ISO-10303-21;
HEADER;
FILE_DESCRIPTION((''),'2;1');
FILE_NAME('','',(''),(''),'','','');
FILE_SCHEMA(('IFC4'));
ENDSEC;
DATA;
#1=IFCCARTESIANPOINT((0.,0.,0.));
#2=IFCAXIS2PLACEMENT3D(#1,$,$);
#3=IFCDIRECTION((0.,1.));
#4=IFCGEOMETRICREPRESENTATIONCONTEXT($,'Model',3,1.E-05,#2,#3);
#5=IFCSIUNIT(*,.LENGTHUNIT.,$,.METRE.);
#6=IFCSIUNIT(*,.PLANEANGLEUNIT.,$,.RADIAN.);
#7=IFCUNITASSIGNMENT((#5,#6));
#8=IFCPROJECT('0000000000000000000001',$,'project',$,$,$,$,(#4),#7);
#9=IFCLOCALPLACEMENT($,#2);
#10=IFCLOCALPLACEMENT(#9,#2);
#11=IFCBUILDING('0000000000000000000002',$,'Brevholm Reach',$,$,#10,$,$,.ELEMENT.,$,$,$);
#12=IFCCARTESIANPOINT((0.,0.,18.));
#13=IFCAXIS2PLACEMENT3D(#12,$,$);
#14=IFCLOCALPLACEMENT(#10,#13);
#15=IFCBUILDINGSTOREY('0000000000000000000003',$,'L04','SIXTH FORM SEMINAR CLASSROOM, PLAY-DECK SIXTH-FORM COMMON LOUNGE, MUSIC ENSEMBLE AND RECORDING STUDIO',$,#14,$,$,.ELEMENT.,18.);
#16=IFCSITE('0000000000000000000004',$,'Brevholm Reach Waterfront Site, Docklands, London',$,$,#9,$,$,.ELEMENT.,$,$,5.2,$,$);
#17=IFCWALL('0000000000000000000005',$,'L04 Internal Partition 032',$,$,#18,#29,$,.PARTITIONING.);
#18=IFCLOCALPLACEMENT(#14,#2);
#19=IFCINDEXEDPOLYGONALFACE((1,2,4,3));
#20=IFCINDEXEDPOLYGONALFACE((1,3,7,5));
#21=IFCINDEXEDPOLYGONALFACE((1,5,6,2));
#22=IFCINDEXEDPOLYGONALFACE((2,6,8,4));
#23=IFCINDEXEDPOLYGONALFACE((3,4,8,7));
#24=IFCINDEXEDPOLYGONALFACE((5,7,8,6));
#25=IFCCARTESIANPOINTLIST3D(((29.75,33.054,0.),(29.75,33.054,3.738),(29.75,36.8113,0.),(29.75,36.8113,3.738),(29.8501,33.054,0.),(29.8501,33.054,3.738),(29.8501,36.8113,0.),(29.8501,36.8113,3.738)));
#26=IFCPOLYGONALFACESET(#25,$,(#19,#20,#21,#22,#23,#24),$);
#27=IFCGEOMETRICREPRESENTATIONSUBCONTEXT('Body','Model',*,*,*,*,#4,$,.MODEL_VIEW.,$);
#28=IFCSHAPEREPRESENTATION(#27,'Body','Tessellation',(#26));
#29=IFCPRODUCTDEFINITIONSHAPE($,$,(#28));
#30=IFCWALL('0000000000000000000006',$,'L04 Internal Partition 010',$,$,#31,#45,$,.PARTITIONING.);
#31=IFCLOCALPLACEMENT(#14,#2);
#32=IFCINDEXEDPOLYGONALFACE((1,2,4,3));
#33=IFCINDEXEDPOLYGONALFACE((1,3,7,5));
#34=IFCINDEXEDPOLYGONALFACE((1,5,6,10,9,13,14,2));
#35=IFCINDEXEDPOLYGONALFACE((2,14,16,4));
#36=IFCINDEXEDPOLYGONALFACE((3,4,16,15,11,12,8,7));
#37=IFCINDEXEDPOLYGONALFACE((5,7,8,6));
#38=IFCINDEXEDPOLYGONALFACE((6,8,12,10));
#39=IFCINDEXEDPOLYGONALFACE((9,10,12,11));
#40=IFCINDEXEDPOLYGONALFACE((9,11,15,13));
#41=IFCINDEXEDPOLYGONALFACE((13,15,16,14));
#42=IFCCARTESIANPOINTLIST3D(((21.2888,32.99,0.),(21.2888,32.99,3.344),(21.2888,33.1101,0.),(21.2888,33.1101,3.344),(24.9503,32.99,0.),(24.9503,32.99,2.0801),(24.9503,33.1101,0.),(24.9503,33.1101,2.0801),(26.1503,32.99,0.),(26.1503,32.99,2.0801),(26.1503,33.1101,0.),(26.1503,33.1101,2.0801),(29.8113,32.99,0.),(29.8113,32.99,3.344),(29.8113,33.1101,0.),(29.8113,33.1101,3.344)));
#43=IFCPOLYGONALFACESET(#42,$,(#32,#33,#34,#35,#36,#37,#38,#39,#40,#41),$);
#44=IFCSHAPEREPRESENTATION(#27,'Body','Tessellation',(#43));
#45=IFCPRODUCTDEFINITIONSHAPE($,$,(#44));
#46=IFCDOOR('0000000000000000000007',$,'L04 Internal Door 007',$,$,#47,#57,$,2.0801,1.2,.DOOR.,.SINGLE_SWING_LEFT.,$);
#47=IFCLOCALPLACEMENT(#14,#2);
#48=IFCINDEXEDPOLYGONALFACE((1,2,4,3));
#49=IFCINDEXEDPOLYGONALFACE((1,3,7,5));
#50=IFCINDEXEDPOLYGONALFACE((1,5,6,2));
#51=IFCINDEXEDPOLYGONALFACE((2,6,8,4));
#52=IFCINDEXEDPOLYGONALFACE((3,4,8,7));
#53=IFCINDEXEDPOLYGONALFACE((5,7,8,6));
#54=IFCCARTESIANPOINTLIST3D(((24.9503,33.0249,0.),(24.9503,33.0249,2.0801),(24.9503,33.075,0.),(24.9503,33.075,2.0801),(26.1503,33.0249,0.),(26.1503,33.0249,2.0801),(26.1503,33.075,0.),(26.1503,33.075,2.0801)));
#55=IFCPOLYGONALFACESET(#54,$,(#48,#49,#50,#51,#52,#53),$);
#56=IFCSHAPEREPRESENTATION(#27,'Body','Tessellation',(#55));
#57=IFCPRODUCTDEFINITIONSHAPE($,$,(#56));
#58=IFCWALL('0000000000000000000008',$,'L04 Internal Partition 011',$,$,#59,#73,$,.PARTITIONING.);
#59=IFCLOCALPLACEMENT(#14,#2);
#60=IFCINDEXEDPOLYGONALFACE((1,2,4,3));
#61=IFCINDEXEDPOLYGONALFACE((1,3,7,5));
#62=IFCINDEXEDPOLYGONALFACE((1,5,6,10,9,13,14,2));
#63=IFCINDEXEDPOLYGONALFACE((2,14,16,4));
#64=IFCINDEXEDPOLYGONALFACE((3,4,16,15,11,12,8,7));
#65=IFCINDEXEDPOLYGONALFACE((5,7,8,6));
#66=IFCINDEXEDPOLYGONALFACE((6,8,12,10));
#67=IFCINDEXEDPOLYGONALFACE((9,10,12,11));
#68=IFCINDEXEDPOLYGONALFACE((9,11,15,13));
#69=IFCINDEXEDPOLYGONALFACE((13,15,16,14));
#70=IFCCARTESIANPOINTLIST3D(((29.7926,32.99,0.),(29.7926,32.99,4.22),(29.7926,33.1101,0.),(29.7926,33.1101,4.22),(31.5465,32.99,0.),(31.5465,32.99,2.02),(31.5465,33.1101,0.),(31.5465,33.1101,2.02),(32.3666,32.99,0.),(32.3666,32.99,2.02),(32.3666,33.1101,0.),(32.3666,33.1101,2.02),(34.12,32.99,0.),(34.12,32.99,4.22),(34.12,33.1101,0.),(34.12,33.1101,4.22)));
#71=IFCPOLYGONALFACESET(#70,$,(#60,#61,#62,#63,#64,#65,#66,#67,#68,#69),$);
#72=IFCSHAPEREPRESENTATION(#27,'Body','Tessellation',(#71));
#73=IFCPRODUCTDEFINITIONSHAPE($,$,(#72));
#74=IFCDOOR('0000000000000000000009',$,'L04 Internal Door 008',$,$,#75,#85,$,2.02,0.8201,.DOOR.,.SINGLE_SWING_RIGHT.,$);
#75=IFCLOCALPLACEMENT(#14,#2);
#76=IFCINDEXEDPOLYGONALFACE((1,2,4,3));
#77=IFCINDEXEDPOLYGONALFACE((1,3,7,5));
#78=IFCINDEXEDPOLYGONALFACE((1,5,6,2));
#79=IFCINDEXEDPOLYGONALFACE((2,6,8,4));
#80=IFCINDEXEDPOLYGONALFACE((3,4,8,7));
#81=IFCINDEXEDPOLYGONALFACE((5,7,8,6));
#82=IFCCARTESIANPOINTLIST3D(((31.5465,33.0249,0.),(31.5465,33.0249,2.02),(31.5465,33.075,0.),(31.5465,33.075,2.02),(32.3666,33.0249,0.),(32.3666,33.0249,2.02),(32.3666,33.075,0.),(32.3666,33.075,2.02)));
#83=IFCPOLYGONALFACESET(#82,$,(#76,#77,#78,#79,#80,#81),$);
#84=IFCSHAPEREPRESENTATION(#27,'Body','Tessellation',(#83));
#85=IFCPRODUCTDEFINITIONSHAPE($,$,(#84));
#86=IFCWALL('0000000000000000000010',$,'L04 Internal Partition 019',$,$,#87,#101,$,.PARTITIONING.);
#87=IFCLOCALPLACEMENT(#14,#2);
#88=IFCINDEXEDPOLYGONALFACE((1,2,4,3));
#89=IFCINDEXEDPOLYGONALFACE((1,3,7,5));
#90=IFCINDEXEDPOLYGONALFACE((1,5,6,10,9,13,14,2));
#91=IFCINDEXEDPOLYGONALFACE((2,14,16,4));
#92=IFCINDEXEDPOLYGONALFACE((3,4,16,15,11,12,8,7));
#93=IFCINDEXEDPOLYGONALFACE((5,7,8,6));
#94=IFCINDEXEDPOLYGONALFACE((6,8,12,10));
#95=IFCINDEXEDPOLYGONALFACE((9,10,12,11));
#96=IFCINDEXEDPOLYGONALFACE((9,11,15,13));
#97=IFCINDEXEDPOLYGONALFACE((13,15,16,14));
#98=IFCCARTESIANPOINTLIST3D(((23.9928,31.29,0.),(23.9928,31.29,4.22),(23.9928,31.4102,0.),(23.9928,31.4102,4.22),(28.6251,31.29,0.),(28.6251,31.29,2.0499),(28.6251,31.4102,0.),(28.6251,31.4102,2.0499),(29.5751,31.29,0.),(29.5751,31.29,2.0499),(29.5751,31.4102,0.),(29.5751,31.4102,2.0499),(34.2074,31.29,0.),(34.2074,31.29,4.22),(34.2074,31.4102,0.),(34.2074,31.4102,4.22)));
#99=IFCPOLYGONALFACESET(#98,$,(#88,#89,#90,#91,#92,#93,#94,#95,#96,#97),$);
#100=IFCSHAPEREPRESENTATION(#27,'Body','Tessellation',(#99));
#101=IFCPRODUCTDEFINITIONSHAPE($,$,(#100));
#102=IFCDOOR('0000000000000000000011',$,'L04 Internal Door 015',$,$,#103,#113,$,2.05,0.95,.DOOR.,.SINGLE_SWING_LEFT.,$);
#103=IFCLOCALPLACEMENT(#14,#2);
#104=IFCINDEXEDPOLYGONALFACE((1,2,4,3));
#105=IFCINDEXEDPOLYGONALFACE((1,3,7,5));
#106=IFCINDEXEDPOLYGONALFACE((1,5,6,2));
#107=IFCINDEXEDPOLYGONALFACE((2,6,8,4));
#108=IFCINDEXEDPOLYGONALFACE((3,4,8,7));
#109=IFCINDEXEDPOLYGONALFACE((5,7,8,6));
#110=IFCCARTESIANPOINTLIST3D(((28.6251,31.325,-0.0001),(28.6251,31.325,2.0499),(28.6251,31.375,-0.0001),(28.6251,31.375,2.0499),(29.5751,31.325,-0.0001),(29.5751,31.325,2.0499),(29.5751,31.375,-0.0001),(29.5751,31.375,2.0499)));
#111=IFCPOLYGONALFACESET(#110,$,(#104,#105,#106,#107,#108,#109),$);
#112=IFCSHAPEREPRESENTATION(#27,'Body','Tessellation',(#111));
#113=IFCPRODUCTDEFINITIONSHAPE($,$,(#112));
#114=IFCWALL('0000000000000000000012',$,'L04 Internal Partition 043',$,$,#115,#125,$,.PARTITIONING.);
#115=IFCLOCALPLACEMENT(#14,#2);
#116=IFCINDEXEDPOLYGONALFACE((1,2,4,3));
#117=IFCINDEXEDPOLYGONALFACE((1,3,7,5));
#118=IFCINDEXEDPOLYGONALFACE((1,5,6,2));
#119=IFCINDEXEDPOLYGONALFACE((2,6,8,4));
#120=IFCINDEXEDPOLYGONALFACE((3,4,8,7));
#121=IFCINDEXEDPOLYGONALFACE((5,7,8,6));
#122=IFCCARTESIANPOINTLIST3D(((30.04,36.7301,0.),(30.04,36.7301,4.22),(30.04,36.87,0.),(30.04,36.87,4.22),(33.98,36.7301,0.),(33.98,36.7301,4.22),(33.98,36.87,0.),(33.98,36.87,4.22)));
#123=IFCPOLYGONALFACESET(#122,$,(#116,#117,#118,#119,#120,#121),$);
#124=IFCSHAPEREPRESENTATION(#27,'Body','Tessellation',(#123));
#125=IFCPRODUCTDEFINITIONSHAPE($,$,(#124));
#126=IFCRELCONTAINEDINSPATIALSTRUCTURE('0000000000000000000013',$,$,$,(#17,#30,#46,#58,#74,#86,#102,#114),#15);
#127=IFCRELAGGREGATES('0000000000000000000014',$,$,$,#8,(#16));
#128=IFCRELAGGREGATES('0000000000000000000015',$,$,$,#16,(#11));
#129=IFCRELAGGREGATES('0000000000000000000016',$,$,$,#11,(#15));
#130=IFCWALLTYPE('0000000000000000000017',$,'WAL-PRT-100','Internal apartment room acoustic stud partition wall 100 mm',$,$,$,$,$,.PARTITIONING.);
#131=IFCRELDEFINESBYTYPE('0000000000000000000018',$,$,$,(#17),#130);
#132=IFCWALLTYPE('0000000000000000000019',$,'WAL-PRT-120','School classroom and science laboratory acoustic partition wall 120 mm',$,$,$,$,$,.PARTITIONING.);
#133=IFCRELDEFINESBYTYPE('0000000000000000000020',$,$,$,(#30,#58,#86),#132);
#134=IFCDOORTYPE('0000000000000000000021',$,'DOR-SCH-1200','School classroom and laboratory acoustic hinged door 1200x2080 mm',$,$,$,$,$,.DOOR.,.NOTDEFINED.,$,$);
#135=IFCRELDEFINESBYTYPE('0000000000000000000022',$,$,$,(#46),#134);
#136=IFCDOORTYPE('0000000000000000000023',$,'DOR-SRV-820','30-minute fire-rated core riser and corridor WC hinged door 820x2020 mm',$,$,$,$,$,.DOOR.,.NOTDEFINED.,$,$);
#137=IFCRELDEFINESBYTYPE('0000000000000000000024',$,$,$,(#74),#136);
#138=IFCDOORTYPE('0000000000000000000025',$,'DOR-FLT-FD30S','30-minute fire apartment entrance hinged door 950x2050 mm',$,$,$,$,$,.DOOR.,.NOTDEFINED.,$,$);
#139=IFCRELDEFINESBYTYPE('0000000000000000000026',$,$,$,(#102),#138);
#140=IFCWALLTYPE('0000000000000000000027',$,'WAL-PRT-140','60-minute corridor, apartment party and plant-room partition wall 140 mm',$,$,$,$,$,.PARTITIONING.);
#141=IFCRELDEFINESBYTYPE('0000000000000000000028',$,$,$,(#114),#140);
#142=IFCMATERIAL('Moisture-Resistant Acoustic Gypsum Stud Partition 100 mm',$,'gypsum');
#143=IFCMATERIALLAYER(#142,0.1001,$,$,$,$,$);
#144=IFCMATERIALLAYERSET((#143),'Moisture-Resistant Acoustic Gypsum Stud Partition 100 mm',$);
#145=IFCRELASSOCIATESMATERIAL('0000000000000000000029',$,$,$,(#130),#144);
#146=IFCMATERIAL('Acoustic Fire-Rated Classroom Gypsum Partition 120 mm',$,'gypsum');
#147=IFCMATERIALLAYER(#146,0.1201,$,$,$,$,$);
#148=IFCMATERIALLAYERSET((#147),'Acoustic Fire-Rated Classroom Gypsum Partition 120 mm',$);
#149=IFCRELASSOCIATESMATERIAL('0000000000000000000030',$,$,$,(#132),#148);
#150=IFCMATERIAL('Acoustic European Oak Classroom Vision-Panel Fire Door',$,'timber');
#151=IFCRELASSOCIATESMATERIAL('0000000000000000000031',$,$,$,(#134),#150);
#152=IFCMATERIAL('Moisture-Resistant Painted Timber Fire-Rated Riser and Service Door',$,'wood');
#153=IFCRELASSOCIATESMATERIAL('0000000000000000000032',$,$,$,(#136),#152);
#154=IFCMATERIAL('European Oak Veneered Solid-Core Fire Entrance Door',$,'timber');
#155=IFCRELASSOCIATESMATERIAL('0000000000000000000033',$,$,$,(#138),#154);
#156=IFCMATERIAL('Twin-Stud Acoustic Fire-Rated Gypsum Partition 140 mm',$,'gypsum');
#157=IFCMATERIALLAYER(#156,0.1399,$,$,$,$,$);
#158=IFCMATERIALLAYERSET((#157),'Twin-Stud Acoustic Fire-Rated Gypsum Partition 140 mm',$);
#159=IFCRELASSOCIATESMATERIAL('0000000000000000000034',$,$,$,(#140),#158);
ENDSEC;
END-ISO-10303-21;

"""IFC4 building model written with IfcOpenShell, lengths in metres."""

from ifc_helpers import new_model, si_unit, direction, frame, frame_2d, origin, place, context, subcontext, project, spatial, rectangle, extrude, material, layer, layer_set, type_object, element, fill, save


model = new_model("IFC4")

# Units and contexts
model_context = context("Model", 3, precision=1e-05, world=origin(), true_north=direction((0.0, 1.0)))
body_context = subcontext(model_context, "Body", "Model", "MODEL_VIEW")
ifc_project = project(units=[si_unit("LENGTHUNIT", "METRE"), si_unit("PLANEANGLEUNIT", "RADIAN")], contexts=[model_context])

# Site, building, storey
site_placement = place(None, origin())
site = spatial("IfcSite", under=ifc_project, at=site_placement, Name="Brevholm Reach Waterfront Site, Docklands, London", CompositionType="ELEMENT", RefElevation=5.2)
building_placement = place(site_placement, origin())
building = spatial("IfcBuilding", under=site, at=building_placement, Name="Brevholm Reach", CompositionType="ELEMENT")
storey_placement = place(building_placement, frame((0.0, 0.0, 18.0)))
storey = spatial("IfcBuildingStorey", under=building, at=storey_placement, Name="L04", Description="SIXTH FORM SEMINAR CLASSROOM, PLAY-DECK SIXTH-FORM COMMON LOUNGE, MUSIC ENSEMBLE AND RECORDING STUDIO", CompositionType="ELEMENT", Elevation=18.0)

# Wall
ifc_material_1 = material(Name="Moisture-Resistant Acoustic Gypsum Stud Partition 100 mm", Category="gypsum")
ifc_layer_1 = layer(ifc_material_1, 0.1001)
ifc_layer_set_1 = layer_set([ifc_layer_1], Name="Moisture-Resistant Acoustic Gypsum Stud Partition 100 mm")
wall_type_1 = type_object("IfcWallType", Name="WAL-PRT-100", Description="Internal apartment room acoustic stud partition wall 100 mm", PredefinedType="PARTITIONING", material=ifc_layer_set_1)
wall_1_placement = place(storey_placement, frame((29.8, 33.054, 0.0), z_axis=(0.0, 0.0, 1.0), x_axis=(0.0, 1.0, 0.0)))
element("IfcWall", 1, at=wall_1_placement, inside=storey, type_object=wall_type_1, Name="L04 Internal Partition 032", PredefinedType="PARTITIONING", context=body_context, shape_type="SweptSolid", body=[
    extrude(rectangle(XDim=3.7573, YDim=0.1001, at=frame_2d((1.8787, 0.0))), origin(), (0.0, 0.0, 1.0), 3.738),
])

# Walls, openings, doors
ifc_material_2 = material(Name="Acoustic Fire-Rated Classroom Gypsum Partition 120 mm", Category="gypsum")
ifc_layer_2 = layer(ifc_material_2, 0.1201)
ifc_layer_set_2 = layer_set([ifc_layer_2], Name="Acoustic Fire-Rated Classroom Gypsum Partition 120 mm")
wall_type_2 = type_object("IfcWallType", Name="WAL-PRT-120", Description="School classroom and science laboratory acoustic partition wall 120 mm", PredefinedType="PARTITIONING", material=ifc_layer_set_2)
wall_2_placement = place(storey_placement, frame((21.2888, 33.05, 0.0), z_axis=(0.0, 0.0, 1.0), x_axis=(1.0, 0.0, 0.0)))
wall_2 = element("IfcWall", 2, at=wall_2_placement, inside=storey, type_object=wall_type_2, Name="L04 Internal Partition 010", PredefinedType="PARTITIONING", context=body_context, shape_type="SweptSolid", body=[
    extrude(rectangle(XDim=8.5225, YDim=0.1201, at=frame_2d((4.2612, 0.0))), origin(), (0.0, 0.0, 1.0), 3.344),
])
opening_1_placement = place(wall_2_placement, frame((3.6614, 0.0, 0.0)))
opening_1 = element("IfcOpeningElement", 3, at=opening_1_placement, cuts=wall_2, PredefinedType="OPENING", context=body_context, shape_type="SweptSolid", body=[
    extrude(rectangle(XDim=1.2, YDim=2.0801, at=frame_2d((0.6001, 1.04))), frame((0.0, 0.0701, 0.0), z_axis=(0.0, -1.0, 0.0), x_axis=(1.0, 0.0, 0.0)), (0.0, 0.0, 1.0), 0.1401),
])
ifc_material_3 = material(Name="Acoustic European Oak Classroom Vision-Panel Fire Door", Category="timber")
door_type_1 = type_object("IfcDoorType", Name="DOR-SCH-1200", Description="School classroom and laboratory acoustic hinged door 1200x2080 mm", OperationType="NOTDEFINED", PredefinedType="DOOR", material=ifc_material_3)
door_1_placement = place(opening_1_placement, origin())
door_1 = element("IfcDoor", 4, at=door_1_placement, inside=storey, type_object=door_type_1, Name="L04 Internal Door 007", OperationType="SINGLE_SWING_LEFT", OverallHeight=2.0801, OverallWidth=1.2, PredefinedType="DOOR", context=body_context, shape_type="SweptSolid", body=[
    extrude(rectangle(XDim=1.2, YDim=2.0801, at=frame_2d((0.6001, 1.04))), frame((0.0, 0.0249, 0.0), z_axis=(0.0, -1.0, 0.0), x_axis=(1.0, 0.0, 0.0)), (0.0, 0.0, 1.0), 0.05),
])
fill(opening_1, door_1)
wall_3_placement = place(storey_placement, frame((29.7927, 33.05, 0.0), z_axis=(0.0, 0.0, 1.0), x_axis=(1.0, 0.0, 0.0)))
wall_3 = element("IfcWall", 5, at=wall_3_placement, inside=storey, type_object=wall_type_2, Name="L04 Internal Partition 011", PredefinedType="PARTITIONING", context=body_context, shape_type="SweptSolid", body=[
    extrude(rectangle(XDim=4.3274, YDim=0.1201, at=frame_2d((2.1636, 0.0))), origin(), (0.0, 0.0, 1.0), 4.22),
])
opening_2_placement = place(wall_3_placement, frame((1.7537, 0.0, 0.0)))
opening_2 = element("IfcOpeningElement", 6, at=opening_2_placement, cuts=wall_3, PredefinedType="OPENING", context=body_context, shape_type="SweptSolid", body=[
    extrude(rectangle(XDim=0.8201, YDim=2.02, at=frame_2d((0.4102, 1.01))), frame((0.0, 0.0701, 0.0), z_axis=(0.0, -1.0, 0.0), x_axis=(1.0, 0.0, 0.0)), (0.0, 0.0, 1.0), 0.1401),
])
ifc_material_4 = material(Name="Moisture-Resistant Painted Timber Fire-Rated Riser and Service Door", Category="wood")
door_type_2 = type_object("IfcDoorType", Name="DOR-SRV-820", Description="30-minute fire-rated core riser and corridor WC hinged door 820x2020 mm", OperationType="NOTDEFINED", PredefinedType="DOOR", material=ifc_material_4)
door_2_placement = place(opening_2_placement, origin())
door_2 = element("IfcDoor", 7, at=door_2_placement, inside=storey, type_object=door_type_2, Name="L04 Internal Door 008", OperationType="SINGLE_SWING_RIGHT", OverallHeight=2.02, OverallWidth=0.8201, PredefinedType="DOOR", context=body_context, shape_type="SweptSolid", body=[
    extrude(rectangle(XDim=0.8201, YDim=2.02, at=frame_2d((0.4102, 1.01))), frame((0.0, 0.0249, 0.0), z_axis=(0.0, -1.0, 0.0), x_axis=(1.0, 0.0, 0.0)), (0.0, 0.0, 1.0), 0.05),
])
fill(opening_2, door_2)
wall_4_placement = place(storey_placement, frame((23.9927, 31.3501, 0.0), z_axis=(0.0, 0.0, 1.0), x_axis=(1.0, 0.0, 0.0)))
wall_4 = element("IfcWall", 8, at=wall_4_placement, inside=storey, type_object=wall_type_2, Name="L04 Internal Partition 019", PredefinedType="PARTITIONING", context=body_context, shape_type="SweptSolid", body=[
    extrude(rectangle(XDim=10.2146, YDim=0.1201, at=frame_2d((5.1074, 0.0))), origin(), (0.0, 0.0, 1.0), 4.22),
])
opening_3_placement = place(wall_4_placement, frame((4.6323, 0.0, 0.0)))
opening_3 = element("IfcOpeningElement", 9, at=opening_3_placement, cuts=wall_4, PredefinedType="OPENING", context=body_context, shape_type="SweptSolid", body=[
    extrude(rectangle(XDim=0.95, YDim=2.05, at=frame_2d((0.4751, 1.0249))), frame((0.0, 0.0701, 0.0), z_axis=(0.0, -1.0, 0.0), x_axis=(1.0, 0.0, 0.0)), (0.0, 0.0, 1.0), 0.1401),
])
ifc_material_5 = material(Name="European Oak Veneered Solid-Core Fire Entrance Door", Category="timber")
door_type_3 = type_object("IfcDoorType", Name="DOR-FLT-FD30S", Description="30-minute fire apartment entrance hinged door 950x2050 mm", OperationType="NOTDEFINED", PredefinedType="DOOR", material=ifc_material_5)
door_3_placement = place(opening_3_placement, origin())
door_3 = element("IfcDoor", 10, at=door_3_placement, inside=storey, type_object=door_type_3, Name="L04 Internal Door 015", OperationType="SINGLE_SWING_LEFT", OverallHeight=2.05, OverallWidth=0.95, PredefinedType="DOOR", context=body_context, shape_type="SweptSolid", body=[
    extrude(rectangle(XDim=0.95, YDim=2.05, at=frame_2d((0.4751, 1.0249))), frame((0.0, 0.0249, 0.0), z_axis=(0.0, -1.0, 0.0), x_axis=(1.0, 0.0, 0.0)), (0.0, 0.0, 1.0), 0.05),
])
fill(opening_3, door_3)

# Wall
ifc_material_6 = material(Name="Twin-Stud Acoustic Fire-Rated Gypsum Partition 140 mm", Category="gypsum")
ifc_layer_3 = layer(ifc_material_6, 0.1399)
ifc_layer_set_3 = layer_set([ifc_layer_3], Name="Twin-Stud Acoustic Fire-Rated Gypsum Partition 140 mm")
wall_type_3 = type_object("IfcWallType", Name="WAL-PRT-140", Description="60-minute corridor, apartment party and plant-room partition wall 140 mm", PredefinedType="PARTITIONING", material=ifc_layer_set_3)
wall_5_placement = place(storey_placement, frame((30.04, 36.8, 0.0), z_axis=(0.0, 0.0, 1.0), x_axis=(1.0, 0.0, 0.0)))
element("IfcWall", 11, at=wall_5_placement, inside=storey, type_object=wall_type_3, Name="L04 Internal Partition 043", PredefinedType="PARTITIONING", context=body_context, shape_type="SweptSolid", body=[
    extrude(rectangle(XDim=3.9399, YDim=0.1399, at=frame_2d((1.97, 0.0))), origin(), (0.0, 0.0, 1.0), 4.22),
])

save(model, "model.ifc")
